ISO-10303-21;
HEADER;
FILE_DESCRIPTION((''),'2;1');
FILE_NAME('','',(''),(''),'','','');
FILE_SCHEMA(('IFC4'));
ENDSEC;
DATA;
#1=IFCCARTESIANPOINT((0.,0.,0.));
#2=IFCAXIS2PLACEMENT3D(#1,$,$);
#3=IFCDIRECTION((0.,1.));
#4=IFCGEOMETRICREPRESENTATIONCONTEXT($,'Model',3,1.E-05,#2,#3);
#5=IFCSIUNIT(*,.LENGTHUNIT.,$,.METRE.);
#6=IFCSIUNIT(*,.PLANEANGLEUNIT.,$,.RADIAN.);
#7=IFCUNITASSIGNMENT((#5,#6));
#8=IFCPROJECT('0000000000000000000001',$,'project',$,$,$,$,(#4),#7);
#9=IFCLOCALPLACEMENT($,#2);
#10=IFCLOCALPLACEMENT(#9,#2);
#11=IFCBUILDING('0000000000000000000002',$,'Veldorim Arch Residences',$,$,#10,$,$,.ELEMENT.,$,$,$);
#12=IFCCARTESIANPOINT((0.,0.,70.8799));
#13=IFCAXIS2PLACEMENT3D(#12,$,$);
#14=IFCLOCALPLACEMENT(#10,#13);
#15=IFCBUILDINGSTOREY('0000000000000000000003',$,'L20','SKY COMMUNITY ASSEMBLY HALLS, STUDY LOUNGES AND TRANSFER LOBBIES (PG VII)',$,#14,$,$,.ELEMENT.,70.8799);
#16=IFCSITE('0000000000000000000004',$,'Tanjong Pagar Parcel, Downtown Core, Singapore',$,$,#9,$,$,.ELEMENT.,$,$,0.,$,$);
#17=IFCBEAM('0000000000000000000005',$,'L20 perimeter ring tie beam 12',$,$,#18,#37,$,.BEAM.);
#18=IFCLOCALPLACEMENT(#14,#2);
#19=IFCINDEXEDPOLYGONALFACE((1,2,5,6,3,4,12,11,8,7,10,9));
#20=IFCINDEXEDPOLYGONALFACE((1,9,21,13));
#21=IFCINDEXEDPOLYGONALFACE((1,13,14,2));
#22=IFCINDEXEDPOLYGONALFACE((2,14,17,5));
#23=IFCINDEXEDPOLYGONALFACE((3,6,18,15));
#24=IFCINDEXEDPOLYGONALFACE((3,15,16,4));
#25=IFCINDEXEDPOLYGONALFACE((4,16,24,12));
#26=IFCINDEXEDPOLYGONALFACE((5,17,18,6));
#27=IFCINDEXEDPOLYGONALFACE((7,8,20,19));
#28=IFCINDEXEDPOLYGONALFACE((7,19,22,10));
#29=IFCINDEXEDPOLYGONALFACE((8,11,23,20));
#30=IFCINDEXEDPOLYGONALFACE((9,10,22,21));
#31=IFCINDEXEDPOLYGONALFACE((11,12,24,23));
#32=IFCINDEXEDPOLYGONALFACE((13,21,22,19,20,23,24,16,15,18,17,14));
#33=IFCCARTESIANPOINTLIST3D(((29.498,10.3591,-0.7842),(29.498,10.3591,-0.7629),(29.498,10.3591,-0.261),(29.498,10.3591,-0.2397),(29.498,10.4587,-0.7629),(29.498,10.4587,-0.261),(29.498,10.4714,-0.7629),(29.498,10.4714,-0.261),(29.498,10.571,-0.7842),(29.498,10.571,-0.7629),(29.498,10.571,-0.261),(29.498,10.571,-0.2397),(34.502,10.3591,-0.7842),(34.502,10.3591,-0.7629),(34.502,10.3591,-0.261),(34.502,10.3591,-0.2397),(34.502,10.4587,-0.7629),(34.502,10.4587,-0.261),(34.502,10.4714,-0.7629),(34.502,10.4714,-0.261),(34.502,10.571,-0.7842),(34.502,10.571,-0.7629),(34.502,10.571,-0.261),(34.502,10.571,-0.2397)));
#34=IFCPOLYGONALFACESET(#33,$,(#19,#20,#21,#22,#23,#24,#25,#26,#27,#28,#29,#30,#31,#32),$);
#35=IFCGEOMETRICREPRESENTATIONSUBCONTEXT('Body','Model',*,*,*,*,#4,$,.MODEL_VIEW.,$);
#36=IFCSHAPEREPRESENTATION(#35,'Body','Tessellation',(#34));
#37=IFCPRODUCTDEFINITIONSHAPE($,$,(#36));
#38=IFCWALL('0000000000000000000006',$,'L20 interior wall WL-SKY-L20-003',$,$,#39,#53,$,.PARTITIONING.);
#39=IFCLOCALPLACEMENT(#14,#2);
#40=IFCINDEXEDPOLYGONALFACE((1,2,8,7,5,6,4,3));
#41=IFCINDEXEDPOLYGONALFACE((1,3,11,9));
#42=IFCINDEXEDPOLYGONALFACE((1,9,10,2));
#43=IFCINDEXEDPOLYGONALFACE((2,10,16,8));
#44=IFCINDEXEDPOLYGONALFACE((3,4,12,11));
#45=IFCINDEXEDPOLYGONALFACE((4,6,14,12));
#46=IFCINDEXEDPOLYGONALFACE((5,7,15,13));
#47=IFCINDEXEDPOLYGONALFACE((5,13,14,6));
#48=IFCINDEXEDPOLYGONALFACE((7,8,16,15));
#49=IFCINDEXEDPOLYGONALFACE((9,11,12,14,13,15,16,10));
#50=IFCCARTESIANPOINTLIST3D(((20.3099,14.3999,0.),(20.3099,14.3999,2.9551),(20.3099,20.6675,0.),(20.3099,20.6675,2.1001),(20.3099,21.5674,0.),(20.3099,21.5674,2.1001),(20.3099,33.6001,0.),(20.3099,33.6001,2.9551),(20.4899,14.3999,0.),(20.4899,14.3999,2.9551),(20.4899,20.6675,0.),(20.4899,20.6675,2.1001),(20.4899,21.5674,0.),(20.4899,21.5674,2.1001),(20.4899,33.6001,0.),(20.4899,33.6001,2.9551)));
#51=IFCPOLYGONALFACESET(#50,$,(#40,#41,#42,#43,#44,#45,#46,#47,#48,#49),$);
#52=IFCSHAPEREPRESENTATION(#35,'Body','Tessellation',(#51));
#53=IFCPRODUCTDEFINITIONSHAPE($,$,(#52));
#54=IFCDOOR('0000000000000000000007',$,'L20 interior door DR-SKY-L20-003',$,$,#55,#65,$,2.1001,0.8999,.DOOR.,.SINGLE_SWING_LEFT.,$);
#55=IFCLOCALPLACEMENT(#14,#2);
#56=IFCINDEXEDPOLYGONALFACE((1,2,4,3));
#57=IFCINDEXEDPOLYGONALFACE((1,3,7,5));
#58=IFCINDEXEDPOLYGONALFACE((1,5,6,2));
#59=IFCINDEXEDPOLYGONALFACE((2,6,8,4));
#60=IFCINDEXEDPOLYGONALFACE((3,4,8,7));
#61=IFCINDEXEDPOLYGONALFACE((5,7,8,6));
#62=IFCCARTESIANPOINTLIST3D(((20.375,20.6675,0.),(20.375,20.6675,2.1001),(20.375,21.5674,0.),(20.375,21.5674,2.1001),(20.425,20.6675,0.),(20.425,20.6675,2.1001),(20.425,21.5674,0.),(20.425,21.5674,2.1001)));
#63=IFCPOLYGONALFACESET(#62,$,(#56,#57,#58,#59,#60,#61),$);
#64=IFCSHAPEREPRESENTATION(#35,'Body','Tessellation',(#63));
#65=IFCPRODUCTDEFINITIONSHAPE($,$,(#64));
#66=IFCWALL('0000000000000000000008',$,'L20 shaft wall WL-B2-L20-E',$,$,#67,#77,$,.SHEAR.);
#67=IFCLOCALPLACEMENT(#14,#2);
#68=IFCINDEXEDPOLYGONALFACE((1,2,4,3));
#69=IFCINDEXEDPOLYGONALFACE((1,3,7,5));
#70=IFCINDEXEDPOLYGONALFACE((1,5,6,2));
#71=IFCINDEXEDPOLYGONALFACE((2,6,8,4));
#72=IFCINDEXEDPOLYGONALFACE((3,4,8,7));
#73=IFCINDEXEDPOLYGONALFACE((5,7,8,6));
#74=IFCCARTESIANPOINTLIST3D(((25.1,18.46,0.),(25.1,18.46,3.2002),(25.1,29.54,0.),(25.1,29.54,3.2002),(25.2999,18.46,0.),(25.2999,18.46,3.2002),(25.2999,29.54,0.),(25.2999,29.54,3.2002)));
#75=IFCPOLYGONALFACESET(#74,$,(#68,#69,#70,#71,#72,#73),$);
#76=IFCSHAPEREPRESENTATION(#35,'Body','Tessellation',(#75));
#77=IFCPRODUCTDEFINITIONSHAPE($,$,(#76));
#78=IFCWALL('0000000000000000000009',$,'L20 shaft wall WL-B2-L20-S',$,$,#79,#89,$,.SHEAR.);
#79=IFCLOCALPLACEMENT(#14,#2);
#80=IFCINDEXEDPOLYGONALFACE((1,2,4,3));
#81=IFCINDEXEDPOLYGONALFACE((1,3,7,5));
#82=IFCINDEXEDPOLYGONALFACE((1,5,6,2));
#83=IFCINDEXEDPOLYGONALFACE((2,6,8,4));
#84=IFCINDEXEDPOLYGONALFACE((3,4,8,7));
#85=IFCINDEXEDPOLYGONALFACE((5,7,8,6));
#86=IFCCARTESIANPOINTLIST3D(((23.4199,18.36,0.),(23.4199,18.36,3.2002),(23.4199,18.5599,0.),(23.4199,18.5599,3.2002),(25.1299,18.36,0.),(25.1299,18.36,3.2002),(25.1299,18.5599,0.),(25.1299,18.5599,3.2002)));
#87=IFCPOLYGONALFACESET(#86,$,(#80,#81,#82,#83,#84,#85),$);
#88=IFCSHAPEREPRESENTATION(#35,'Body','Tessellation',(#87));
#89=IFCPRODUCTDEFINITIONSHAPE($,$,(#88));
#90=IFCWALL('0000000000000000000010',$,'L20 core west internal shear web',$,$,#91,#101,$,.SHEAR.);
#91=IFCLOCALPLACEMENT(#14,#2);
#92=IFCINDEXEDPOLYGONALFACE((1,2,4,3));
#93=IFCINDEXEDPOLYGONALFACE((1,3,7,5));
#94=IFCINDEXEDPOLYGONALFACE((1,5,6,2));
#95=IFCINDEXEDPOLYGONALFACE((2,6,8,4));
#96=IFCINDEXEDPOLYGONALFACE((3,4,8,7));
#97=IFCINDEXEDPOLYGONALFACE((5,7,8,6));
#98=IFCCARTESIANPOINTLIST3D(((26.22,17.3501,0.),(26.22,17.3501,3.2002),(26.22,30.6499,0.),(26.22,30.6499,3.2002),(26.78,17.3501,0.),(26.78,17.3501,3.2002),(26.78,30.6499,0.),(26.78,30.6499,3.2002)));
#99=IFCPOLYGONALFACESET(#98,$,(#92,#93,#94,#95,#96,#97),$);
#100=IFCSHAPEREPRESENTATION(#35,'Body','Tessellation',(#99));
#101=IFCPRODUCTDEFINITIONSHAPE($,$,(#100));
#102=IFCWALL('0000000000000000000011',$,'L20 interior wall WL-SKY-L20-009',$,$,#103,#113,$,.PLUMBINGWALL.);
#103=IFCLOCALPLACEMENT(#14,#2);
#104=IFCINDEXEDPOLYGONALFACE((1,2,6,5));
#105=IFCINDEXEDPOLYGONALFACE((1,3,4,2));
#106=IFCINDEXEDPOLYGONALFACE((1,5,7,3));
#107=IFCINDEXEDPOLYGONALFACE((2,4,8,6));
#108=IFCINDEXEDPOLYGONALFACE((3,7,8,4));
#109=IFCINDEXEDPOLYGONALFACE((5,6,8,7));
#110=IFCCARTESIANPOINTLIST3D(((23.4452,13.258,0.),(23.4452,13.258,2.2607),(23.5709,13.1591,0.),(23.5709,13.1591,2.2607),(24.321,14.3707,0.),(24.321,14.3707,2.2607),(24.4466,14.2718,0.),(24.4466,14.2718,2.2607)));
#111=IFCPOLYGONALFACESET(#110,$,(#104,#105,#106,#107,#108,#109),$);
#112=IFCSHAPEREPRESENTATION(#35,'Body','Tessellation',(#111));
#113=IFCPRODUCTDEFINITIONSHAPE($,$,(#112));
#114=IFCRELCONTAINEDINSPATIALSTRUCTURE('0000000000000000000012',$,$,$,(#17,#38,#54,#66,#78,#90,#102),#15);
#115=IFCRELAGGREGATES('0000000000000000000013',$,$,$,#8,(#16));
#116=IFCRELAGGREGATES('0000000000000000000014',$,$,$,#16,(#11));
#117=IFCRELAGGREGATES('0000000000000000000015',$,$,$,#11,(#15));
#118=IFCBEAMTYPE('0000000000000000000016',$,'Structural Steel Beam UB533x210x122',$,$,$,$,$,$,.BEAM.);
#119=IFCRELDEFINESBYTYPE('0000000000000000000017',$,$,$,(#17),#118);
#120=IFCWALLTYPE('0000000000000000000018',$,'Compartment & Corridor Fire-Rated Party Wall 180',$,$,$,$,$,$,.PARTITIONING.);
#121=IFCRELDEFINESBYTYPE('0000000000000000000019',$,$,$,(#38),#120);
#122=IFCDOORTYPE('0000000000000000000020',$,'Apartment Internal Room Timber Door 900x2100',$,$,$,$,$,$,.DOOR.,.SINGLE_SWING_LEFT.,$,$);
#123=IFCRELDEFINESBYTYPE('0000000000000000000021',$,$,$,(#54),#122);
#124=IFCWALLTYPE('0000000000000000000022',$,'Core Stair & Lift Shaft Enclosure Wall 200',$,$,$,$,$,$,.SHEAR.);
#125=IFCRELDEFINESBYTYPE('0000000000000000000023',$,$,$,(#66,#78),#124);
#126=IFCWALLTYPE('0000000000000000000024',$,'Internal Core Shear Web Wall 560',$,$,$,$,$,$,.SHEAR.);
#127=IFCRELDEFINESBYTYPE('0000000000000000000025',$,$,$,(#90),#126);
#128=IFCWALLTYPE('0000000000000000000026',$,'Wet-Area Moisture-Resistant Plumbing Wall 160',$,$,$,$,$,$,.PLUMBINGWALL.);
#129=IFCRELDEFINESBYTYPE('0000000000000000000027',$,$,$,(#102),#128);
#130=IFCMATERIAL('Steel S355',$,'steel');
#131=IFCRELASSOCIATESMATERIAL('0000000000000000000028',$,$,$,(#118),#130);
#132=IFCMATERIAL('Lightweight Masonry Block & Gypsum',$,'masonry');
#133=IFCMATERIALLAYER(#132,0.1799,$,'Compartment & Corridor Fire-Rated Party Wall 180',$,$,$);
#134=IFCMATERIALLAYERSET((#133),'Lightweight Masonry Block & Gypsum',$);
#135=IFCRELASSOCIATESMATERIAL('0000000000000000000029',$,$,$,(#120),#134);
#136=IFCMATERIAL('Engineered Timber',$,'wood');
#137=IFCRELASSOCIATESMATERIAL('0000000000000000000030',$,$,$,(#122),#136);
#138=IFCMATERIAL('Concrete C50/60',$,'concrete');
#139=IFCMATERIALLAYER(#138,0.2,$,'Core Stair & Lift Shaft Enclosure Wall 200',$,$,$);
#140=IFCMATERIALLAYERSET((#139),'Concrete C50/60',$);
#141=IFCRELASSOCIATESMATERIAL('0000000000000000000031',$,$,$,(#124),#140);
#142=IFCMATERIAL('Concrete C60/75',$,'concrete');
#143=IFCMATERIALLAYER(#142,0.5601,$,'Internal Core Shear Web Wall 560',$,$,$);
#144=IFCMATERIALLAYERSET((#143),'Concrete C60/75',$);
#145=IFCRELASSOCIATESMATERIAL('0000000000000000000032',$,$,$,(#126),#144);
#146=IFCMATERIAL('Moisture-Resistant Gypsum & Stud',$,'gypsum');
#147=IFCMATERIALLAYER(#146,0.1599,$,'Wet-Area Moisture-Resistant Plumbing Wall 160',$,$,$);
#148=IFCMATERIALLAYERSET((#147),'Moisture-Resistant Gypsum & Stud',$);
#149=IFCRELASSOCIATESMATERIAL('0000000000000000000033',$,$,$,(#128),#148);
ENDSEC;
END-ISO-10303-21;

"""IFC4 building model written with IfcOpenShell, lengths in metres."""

from ifc_helpers import new_model, si_unit, direction, frame, frame_2d, origin, origin_2d, place, context, subcontext, project, spatial, rectangle, i_section, extrude, material, layer, layer_set, material_profile, profile_set, type_object, element, fill, save


model = new_model("IFC4")

# Units and contexts
model_context = context("Model", 3, precision=1e-05, world=origin(), true_north=direction((0.0, 1.0)))
body_context = subcontext(model_context, "Body", "Model", "MODEL_VIEW")
ifc_project = project(units=[si_unit("LENGTHUNIT", "METRE"), si_unit("PLANEANGLEUNIT", "RADIAN")], contexts=[model_context])

# Site, building, storey
site_placement = place(None, origin())
site = spatial("IfcSite", under=ifc_project, at=site_placement, Name="Tanjong Pagar Parcel, Downtown Core, Singapore", CompositionType="ELEMENT", RefElevation=0.0)
building_placement = place(site_placement, origin())
building = spatial("IfcBuilding", under=site, at=building_placement, Name="Veldorim Arch Residences", CompositionType="ELEMENT")
storey_placement = place(building_placement, frame((0.0, 0.0, 70.8799)))
storey = spatial("IfcBuildingStorey", under=building, at=storey_placement, Name="L20", Description="SKY COMMUNITY ASSEMBLY HALLS, STUDY LOUNGES AND TRANSFER LOBBIES (PG VII)", CompositionType="ELEMENT", Elevation=70.8799)

# Beam
ifc_material_1 = material(Name="Steel S355", Category="steel")
ifc_material_profile_1 = material_profile(ifc_material_1, i_section(OverallWidth=0.2119, OverallDepth=0.5444, WebThickness=0.0127, FlangeThickness=0.0212, at=origin_2d()), Name="UB533x210x122")
ifc_profile_set_1 = profile_set([ifc_material_profile_1], Name="Steel S355")
beam_type = type_object("IfcBeamType", Name="Structural Steel Beam UB533x210x122", PredefinedType="BEAM", material=ifc_profile_set_1)
beam_1_placement = place(storey_placement, frame((29.498, 10.4651, -0.512), z_axis=(1.0, 0.0, 0.0), x_axis=(0.0, 1.0, 0.0)))
element("IfcBeam", 1, at=beam_1_placement, inside=storey, type_object=beam_type, Name="L20 perimeter ring tie beam 12", PredefinedType="BEAM", context=body_context, shape_type="SweptSolid", body=[
    extrude(i_section(OverallWidth=0.2119, OverallDepth=0.5444, WebThickness=0.0127, FlangeThickness=0.0212, at=origin_2d()), origin(), (0.0, 0.0, 1.0), 5.0039),
])

# Wall, opening, door
ifc_material_2 = material(Name="Lightweight Masonry Block & Gypsum", Category="masonry")
ifc_layer_1 = layer(ifc_material_2, 0.1799, Name="Compartment & Corridor Fire-Rated Party Wall 180")
ifc_layer_set_1 = layer_set([ifc_layer_1], Name="Lightweight Masonry Block & Gypsum")
wall_type_1 = type_object("IfcWallType", Name="Compartment & Corridor Fire-Rated Party Wall 180", PredefinedType="PARTITIONING", material=ifc_layer_set_1)
wall_1_placement = place(storey_placement, frame((20.3999, 14.3999, 0.0), z_axis=(0.0, 0.0, 1.0), x_axis=(0.0, 1.0, 0.0)))
wall_1 = element("IfcWall", 2, at=wall_1_placement, inside=storey, type_object=wall_type_1, Name="L20 interior wall WL-SKY-L20-003", PredefinedType="PARTITIONING", context=body_context, shape_type="SweptSolid", body=[
    extrude(rectangle(XDim=19.2002, YDim=0.1799, at=frame_2d((9.6001, 0.0))), origin(), (0.0, 0.0, 1.0), 2.9551),
])
opening_1_placement = place(wall_1_placement, frame((6.2676, 0.0, 0.0)))
opening_1 = element("IfcOpeningElement", 3, at=opening_1_placement, cuts=wall_1, PredefinedType="OPENING", context=body_context, shape_type="SweptSolid", body=[
    extrude(rectangle(XDim=0.8999, YDim=2.1001, at=frame_2d((0.45, 1.05))), frame((0.0, 0.0999, 0.0), z_axis=(0.0, -1.0, 0.0), x_axis=(1.0, 0.0, 0.0)), (0.0, 0.0, 1.0), 0.2),
])
ifc_material_3 = material(Name="Engineered Timber", Category="wood")
door_type_1 = type_object("IfcDoorType", Name="Apartment Internal Room Timber Door 900x2100", OperationType="SINGLE_SWING_LEFT", PredefinedType="DOOR", material=ifc_material_3)
door_1_placement = place(opening_1_placement, origin())
door_1 = element("IfcDoor", 4, at=door_1_placement, inside=storey, type_object=door_type_1, Name="L20 interior door DR-SKY-L20-003", OperationType="SINGLE_SWING_LEFT", OverallHeight=2.1001, OverallWidth=0.8999, PredefinedType="DOOR", context=body_context, shape_type="SweptSolid", body=[
    extrude(rectangle(XDim=0.8999, YDim=2.1001, at=frame_2d((0.45, 1.05))), frame((0.0, 0.0249, 0.0), z_axis=(0.0, -1.0, 0.0), x_axis=(1.0, 0.0, 0.0)), (0.0, 0.0, 1.0), 0.05),
])
fill(opening_1, door_1)

# Walls
ifc_material_4 = material(Name="Concrete C50/60", Category="concrete")
ifc_layer_2 = layer(ifc_material_4, 0.2, Name="Core Stair & Lift Shaft Enclosure Wall 200")
ifc_layer_set_2 = layer_set([ifc_layer_2], Name="Concrete C50/60")
wall_type_2 = type_object("IfcWallType", Name="Core Stair & Lift Shaft Enclosure Wall 200", PredefinedType="SHEAR", material=ifc_layer_set_2)
wall_2_placement = place(storey_placement, frame((25.2, 18.46, 0.0), z_axis=(0.0, 0.0, 1.0), x_axis=(0.0, 1.0, 0.0)))
element("IfcWall", 5, at=wall_2_placement, inside=storey, type_object=wall_type_2, Name="L20 shaft wall WL-B2-L20-E", PredefinedType="SHEAR", context=body_context, shape_type="SweptSolid", body=[
    extrude(rectangle(XDim=11.0801, YDim=0.2, at=frame_2d((5.54, 0.0))), origin(), (0.0, 0.0, 1.0), 3.2002),
])
wall_3_placement = place(storey_placement, frame((23.4199, 18.46, 0.0), z_axis=(0.0, 0.0, 1.0), x_axis=(1.0, 0.0, 0.0)))
element("IfcWall", 6, at=wall_3_placement, inside=storey, type_object=wall_type_2, Name="L20 shaft wall WL-B2-L20-S", PredefinedType="SHEAR", context=body_context, shape_type="SweptSolid", body=[
    extrude(rectangle(XDim=1.71, YDim=0.2, at=frame_2d((0.855, 0.0))), origin(), (0.0, 0.0, 1.0), 3.2002),
])
ifc_material_5 = material(Name="Concrete C60/75", Category="concrete")
ifc_layer_3 = layer(ifc_material_5, 0.5601, Name="Internal Core Shear Web Wall 560")
ifc_layer_set_3 = layer_set([ifc_layer_3], Name="Concrete C60/75")
wall_type_3 = type_object("IfcWallType", Name="Internal Core Shear Web Wall 560", PredefinedType="SHEAR", material=ifc_layer_set_3)
wall_4_placement = place(storey_placement, frame((26.5, 17.3501, 0.0), z_axis=(0.0, 0.0, 1.0), x_axis=(0.0, 1.0, 0.0)))
element("IfcWall", 7, at=wall_4_placement, inside=storey, type_object=wall_type_3, Name="L20 core west internal shear web", PredefinedType="SHEAR", context=body_context, shape_type="SweptSolid", body=[
    extrude(rectangle(XDim=13.2998, YDim=0.5601, at=frame_2d((6.6499, 0.0))), origin(), (0.0, 0.0, 1.0), 3.2002),
])

# Wall
ifc_material_6 = material(Name="Moisture-Resistant Gypsum & Stud", Category="gypsum")
ifc_layer_4 = layer(ifc_material_6, 0.1599, Name="Wet-Area Moisture-Resistant Plumbing Wall 160")
ifc_layer_set_4 = layer_set([ifc_layer_4], Name="Moisture-Resistant Gypsum & Stud")
wall_type_4 = type_object("IfcWallType", Name="Wet-Area Moisture-Resistant Plumbing Wall 160", PredefinedType="PLUMBINGWALL", material=ifc_layer_set_4)
wall_5_placement = place(storey_placement, frame((24.3838, 14.3213, 0.0), z_axis=(0.0, 0.0, 1.0), x_axis=(-0.618431, -0.785839, 0.0)))
element("IfcWall", 8, at=wall_5_placement, inside=storey, type_object=wall_type_4, Name="L20 interior wall WL-SKY-L20-009", PredefinedType="PLUMBINGWALL", context=body_context, shape_type="SweptSolid", body=[
    extrude(rectangle(XDim=1.416, YDim=0.1599, at=frame_2d((0.708, 0.0))), origin(), (0.0, 0.0, 1.0), 2.2607),
])

save(model, "model.ifc")
